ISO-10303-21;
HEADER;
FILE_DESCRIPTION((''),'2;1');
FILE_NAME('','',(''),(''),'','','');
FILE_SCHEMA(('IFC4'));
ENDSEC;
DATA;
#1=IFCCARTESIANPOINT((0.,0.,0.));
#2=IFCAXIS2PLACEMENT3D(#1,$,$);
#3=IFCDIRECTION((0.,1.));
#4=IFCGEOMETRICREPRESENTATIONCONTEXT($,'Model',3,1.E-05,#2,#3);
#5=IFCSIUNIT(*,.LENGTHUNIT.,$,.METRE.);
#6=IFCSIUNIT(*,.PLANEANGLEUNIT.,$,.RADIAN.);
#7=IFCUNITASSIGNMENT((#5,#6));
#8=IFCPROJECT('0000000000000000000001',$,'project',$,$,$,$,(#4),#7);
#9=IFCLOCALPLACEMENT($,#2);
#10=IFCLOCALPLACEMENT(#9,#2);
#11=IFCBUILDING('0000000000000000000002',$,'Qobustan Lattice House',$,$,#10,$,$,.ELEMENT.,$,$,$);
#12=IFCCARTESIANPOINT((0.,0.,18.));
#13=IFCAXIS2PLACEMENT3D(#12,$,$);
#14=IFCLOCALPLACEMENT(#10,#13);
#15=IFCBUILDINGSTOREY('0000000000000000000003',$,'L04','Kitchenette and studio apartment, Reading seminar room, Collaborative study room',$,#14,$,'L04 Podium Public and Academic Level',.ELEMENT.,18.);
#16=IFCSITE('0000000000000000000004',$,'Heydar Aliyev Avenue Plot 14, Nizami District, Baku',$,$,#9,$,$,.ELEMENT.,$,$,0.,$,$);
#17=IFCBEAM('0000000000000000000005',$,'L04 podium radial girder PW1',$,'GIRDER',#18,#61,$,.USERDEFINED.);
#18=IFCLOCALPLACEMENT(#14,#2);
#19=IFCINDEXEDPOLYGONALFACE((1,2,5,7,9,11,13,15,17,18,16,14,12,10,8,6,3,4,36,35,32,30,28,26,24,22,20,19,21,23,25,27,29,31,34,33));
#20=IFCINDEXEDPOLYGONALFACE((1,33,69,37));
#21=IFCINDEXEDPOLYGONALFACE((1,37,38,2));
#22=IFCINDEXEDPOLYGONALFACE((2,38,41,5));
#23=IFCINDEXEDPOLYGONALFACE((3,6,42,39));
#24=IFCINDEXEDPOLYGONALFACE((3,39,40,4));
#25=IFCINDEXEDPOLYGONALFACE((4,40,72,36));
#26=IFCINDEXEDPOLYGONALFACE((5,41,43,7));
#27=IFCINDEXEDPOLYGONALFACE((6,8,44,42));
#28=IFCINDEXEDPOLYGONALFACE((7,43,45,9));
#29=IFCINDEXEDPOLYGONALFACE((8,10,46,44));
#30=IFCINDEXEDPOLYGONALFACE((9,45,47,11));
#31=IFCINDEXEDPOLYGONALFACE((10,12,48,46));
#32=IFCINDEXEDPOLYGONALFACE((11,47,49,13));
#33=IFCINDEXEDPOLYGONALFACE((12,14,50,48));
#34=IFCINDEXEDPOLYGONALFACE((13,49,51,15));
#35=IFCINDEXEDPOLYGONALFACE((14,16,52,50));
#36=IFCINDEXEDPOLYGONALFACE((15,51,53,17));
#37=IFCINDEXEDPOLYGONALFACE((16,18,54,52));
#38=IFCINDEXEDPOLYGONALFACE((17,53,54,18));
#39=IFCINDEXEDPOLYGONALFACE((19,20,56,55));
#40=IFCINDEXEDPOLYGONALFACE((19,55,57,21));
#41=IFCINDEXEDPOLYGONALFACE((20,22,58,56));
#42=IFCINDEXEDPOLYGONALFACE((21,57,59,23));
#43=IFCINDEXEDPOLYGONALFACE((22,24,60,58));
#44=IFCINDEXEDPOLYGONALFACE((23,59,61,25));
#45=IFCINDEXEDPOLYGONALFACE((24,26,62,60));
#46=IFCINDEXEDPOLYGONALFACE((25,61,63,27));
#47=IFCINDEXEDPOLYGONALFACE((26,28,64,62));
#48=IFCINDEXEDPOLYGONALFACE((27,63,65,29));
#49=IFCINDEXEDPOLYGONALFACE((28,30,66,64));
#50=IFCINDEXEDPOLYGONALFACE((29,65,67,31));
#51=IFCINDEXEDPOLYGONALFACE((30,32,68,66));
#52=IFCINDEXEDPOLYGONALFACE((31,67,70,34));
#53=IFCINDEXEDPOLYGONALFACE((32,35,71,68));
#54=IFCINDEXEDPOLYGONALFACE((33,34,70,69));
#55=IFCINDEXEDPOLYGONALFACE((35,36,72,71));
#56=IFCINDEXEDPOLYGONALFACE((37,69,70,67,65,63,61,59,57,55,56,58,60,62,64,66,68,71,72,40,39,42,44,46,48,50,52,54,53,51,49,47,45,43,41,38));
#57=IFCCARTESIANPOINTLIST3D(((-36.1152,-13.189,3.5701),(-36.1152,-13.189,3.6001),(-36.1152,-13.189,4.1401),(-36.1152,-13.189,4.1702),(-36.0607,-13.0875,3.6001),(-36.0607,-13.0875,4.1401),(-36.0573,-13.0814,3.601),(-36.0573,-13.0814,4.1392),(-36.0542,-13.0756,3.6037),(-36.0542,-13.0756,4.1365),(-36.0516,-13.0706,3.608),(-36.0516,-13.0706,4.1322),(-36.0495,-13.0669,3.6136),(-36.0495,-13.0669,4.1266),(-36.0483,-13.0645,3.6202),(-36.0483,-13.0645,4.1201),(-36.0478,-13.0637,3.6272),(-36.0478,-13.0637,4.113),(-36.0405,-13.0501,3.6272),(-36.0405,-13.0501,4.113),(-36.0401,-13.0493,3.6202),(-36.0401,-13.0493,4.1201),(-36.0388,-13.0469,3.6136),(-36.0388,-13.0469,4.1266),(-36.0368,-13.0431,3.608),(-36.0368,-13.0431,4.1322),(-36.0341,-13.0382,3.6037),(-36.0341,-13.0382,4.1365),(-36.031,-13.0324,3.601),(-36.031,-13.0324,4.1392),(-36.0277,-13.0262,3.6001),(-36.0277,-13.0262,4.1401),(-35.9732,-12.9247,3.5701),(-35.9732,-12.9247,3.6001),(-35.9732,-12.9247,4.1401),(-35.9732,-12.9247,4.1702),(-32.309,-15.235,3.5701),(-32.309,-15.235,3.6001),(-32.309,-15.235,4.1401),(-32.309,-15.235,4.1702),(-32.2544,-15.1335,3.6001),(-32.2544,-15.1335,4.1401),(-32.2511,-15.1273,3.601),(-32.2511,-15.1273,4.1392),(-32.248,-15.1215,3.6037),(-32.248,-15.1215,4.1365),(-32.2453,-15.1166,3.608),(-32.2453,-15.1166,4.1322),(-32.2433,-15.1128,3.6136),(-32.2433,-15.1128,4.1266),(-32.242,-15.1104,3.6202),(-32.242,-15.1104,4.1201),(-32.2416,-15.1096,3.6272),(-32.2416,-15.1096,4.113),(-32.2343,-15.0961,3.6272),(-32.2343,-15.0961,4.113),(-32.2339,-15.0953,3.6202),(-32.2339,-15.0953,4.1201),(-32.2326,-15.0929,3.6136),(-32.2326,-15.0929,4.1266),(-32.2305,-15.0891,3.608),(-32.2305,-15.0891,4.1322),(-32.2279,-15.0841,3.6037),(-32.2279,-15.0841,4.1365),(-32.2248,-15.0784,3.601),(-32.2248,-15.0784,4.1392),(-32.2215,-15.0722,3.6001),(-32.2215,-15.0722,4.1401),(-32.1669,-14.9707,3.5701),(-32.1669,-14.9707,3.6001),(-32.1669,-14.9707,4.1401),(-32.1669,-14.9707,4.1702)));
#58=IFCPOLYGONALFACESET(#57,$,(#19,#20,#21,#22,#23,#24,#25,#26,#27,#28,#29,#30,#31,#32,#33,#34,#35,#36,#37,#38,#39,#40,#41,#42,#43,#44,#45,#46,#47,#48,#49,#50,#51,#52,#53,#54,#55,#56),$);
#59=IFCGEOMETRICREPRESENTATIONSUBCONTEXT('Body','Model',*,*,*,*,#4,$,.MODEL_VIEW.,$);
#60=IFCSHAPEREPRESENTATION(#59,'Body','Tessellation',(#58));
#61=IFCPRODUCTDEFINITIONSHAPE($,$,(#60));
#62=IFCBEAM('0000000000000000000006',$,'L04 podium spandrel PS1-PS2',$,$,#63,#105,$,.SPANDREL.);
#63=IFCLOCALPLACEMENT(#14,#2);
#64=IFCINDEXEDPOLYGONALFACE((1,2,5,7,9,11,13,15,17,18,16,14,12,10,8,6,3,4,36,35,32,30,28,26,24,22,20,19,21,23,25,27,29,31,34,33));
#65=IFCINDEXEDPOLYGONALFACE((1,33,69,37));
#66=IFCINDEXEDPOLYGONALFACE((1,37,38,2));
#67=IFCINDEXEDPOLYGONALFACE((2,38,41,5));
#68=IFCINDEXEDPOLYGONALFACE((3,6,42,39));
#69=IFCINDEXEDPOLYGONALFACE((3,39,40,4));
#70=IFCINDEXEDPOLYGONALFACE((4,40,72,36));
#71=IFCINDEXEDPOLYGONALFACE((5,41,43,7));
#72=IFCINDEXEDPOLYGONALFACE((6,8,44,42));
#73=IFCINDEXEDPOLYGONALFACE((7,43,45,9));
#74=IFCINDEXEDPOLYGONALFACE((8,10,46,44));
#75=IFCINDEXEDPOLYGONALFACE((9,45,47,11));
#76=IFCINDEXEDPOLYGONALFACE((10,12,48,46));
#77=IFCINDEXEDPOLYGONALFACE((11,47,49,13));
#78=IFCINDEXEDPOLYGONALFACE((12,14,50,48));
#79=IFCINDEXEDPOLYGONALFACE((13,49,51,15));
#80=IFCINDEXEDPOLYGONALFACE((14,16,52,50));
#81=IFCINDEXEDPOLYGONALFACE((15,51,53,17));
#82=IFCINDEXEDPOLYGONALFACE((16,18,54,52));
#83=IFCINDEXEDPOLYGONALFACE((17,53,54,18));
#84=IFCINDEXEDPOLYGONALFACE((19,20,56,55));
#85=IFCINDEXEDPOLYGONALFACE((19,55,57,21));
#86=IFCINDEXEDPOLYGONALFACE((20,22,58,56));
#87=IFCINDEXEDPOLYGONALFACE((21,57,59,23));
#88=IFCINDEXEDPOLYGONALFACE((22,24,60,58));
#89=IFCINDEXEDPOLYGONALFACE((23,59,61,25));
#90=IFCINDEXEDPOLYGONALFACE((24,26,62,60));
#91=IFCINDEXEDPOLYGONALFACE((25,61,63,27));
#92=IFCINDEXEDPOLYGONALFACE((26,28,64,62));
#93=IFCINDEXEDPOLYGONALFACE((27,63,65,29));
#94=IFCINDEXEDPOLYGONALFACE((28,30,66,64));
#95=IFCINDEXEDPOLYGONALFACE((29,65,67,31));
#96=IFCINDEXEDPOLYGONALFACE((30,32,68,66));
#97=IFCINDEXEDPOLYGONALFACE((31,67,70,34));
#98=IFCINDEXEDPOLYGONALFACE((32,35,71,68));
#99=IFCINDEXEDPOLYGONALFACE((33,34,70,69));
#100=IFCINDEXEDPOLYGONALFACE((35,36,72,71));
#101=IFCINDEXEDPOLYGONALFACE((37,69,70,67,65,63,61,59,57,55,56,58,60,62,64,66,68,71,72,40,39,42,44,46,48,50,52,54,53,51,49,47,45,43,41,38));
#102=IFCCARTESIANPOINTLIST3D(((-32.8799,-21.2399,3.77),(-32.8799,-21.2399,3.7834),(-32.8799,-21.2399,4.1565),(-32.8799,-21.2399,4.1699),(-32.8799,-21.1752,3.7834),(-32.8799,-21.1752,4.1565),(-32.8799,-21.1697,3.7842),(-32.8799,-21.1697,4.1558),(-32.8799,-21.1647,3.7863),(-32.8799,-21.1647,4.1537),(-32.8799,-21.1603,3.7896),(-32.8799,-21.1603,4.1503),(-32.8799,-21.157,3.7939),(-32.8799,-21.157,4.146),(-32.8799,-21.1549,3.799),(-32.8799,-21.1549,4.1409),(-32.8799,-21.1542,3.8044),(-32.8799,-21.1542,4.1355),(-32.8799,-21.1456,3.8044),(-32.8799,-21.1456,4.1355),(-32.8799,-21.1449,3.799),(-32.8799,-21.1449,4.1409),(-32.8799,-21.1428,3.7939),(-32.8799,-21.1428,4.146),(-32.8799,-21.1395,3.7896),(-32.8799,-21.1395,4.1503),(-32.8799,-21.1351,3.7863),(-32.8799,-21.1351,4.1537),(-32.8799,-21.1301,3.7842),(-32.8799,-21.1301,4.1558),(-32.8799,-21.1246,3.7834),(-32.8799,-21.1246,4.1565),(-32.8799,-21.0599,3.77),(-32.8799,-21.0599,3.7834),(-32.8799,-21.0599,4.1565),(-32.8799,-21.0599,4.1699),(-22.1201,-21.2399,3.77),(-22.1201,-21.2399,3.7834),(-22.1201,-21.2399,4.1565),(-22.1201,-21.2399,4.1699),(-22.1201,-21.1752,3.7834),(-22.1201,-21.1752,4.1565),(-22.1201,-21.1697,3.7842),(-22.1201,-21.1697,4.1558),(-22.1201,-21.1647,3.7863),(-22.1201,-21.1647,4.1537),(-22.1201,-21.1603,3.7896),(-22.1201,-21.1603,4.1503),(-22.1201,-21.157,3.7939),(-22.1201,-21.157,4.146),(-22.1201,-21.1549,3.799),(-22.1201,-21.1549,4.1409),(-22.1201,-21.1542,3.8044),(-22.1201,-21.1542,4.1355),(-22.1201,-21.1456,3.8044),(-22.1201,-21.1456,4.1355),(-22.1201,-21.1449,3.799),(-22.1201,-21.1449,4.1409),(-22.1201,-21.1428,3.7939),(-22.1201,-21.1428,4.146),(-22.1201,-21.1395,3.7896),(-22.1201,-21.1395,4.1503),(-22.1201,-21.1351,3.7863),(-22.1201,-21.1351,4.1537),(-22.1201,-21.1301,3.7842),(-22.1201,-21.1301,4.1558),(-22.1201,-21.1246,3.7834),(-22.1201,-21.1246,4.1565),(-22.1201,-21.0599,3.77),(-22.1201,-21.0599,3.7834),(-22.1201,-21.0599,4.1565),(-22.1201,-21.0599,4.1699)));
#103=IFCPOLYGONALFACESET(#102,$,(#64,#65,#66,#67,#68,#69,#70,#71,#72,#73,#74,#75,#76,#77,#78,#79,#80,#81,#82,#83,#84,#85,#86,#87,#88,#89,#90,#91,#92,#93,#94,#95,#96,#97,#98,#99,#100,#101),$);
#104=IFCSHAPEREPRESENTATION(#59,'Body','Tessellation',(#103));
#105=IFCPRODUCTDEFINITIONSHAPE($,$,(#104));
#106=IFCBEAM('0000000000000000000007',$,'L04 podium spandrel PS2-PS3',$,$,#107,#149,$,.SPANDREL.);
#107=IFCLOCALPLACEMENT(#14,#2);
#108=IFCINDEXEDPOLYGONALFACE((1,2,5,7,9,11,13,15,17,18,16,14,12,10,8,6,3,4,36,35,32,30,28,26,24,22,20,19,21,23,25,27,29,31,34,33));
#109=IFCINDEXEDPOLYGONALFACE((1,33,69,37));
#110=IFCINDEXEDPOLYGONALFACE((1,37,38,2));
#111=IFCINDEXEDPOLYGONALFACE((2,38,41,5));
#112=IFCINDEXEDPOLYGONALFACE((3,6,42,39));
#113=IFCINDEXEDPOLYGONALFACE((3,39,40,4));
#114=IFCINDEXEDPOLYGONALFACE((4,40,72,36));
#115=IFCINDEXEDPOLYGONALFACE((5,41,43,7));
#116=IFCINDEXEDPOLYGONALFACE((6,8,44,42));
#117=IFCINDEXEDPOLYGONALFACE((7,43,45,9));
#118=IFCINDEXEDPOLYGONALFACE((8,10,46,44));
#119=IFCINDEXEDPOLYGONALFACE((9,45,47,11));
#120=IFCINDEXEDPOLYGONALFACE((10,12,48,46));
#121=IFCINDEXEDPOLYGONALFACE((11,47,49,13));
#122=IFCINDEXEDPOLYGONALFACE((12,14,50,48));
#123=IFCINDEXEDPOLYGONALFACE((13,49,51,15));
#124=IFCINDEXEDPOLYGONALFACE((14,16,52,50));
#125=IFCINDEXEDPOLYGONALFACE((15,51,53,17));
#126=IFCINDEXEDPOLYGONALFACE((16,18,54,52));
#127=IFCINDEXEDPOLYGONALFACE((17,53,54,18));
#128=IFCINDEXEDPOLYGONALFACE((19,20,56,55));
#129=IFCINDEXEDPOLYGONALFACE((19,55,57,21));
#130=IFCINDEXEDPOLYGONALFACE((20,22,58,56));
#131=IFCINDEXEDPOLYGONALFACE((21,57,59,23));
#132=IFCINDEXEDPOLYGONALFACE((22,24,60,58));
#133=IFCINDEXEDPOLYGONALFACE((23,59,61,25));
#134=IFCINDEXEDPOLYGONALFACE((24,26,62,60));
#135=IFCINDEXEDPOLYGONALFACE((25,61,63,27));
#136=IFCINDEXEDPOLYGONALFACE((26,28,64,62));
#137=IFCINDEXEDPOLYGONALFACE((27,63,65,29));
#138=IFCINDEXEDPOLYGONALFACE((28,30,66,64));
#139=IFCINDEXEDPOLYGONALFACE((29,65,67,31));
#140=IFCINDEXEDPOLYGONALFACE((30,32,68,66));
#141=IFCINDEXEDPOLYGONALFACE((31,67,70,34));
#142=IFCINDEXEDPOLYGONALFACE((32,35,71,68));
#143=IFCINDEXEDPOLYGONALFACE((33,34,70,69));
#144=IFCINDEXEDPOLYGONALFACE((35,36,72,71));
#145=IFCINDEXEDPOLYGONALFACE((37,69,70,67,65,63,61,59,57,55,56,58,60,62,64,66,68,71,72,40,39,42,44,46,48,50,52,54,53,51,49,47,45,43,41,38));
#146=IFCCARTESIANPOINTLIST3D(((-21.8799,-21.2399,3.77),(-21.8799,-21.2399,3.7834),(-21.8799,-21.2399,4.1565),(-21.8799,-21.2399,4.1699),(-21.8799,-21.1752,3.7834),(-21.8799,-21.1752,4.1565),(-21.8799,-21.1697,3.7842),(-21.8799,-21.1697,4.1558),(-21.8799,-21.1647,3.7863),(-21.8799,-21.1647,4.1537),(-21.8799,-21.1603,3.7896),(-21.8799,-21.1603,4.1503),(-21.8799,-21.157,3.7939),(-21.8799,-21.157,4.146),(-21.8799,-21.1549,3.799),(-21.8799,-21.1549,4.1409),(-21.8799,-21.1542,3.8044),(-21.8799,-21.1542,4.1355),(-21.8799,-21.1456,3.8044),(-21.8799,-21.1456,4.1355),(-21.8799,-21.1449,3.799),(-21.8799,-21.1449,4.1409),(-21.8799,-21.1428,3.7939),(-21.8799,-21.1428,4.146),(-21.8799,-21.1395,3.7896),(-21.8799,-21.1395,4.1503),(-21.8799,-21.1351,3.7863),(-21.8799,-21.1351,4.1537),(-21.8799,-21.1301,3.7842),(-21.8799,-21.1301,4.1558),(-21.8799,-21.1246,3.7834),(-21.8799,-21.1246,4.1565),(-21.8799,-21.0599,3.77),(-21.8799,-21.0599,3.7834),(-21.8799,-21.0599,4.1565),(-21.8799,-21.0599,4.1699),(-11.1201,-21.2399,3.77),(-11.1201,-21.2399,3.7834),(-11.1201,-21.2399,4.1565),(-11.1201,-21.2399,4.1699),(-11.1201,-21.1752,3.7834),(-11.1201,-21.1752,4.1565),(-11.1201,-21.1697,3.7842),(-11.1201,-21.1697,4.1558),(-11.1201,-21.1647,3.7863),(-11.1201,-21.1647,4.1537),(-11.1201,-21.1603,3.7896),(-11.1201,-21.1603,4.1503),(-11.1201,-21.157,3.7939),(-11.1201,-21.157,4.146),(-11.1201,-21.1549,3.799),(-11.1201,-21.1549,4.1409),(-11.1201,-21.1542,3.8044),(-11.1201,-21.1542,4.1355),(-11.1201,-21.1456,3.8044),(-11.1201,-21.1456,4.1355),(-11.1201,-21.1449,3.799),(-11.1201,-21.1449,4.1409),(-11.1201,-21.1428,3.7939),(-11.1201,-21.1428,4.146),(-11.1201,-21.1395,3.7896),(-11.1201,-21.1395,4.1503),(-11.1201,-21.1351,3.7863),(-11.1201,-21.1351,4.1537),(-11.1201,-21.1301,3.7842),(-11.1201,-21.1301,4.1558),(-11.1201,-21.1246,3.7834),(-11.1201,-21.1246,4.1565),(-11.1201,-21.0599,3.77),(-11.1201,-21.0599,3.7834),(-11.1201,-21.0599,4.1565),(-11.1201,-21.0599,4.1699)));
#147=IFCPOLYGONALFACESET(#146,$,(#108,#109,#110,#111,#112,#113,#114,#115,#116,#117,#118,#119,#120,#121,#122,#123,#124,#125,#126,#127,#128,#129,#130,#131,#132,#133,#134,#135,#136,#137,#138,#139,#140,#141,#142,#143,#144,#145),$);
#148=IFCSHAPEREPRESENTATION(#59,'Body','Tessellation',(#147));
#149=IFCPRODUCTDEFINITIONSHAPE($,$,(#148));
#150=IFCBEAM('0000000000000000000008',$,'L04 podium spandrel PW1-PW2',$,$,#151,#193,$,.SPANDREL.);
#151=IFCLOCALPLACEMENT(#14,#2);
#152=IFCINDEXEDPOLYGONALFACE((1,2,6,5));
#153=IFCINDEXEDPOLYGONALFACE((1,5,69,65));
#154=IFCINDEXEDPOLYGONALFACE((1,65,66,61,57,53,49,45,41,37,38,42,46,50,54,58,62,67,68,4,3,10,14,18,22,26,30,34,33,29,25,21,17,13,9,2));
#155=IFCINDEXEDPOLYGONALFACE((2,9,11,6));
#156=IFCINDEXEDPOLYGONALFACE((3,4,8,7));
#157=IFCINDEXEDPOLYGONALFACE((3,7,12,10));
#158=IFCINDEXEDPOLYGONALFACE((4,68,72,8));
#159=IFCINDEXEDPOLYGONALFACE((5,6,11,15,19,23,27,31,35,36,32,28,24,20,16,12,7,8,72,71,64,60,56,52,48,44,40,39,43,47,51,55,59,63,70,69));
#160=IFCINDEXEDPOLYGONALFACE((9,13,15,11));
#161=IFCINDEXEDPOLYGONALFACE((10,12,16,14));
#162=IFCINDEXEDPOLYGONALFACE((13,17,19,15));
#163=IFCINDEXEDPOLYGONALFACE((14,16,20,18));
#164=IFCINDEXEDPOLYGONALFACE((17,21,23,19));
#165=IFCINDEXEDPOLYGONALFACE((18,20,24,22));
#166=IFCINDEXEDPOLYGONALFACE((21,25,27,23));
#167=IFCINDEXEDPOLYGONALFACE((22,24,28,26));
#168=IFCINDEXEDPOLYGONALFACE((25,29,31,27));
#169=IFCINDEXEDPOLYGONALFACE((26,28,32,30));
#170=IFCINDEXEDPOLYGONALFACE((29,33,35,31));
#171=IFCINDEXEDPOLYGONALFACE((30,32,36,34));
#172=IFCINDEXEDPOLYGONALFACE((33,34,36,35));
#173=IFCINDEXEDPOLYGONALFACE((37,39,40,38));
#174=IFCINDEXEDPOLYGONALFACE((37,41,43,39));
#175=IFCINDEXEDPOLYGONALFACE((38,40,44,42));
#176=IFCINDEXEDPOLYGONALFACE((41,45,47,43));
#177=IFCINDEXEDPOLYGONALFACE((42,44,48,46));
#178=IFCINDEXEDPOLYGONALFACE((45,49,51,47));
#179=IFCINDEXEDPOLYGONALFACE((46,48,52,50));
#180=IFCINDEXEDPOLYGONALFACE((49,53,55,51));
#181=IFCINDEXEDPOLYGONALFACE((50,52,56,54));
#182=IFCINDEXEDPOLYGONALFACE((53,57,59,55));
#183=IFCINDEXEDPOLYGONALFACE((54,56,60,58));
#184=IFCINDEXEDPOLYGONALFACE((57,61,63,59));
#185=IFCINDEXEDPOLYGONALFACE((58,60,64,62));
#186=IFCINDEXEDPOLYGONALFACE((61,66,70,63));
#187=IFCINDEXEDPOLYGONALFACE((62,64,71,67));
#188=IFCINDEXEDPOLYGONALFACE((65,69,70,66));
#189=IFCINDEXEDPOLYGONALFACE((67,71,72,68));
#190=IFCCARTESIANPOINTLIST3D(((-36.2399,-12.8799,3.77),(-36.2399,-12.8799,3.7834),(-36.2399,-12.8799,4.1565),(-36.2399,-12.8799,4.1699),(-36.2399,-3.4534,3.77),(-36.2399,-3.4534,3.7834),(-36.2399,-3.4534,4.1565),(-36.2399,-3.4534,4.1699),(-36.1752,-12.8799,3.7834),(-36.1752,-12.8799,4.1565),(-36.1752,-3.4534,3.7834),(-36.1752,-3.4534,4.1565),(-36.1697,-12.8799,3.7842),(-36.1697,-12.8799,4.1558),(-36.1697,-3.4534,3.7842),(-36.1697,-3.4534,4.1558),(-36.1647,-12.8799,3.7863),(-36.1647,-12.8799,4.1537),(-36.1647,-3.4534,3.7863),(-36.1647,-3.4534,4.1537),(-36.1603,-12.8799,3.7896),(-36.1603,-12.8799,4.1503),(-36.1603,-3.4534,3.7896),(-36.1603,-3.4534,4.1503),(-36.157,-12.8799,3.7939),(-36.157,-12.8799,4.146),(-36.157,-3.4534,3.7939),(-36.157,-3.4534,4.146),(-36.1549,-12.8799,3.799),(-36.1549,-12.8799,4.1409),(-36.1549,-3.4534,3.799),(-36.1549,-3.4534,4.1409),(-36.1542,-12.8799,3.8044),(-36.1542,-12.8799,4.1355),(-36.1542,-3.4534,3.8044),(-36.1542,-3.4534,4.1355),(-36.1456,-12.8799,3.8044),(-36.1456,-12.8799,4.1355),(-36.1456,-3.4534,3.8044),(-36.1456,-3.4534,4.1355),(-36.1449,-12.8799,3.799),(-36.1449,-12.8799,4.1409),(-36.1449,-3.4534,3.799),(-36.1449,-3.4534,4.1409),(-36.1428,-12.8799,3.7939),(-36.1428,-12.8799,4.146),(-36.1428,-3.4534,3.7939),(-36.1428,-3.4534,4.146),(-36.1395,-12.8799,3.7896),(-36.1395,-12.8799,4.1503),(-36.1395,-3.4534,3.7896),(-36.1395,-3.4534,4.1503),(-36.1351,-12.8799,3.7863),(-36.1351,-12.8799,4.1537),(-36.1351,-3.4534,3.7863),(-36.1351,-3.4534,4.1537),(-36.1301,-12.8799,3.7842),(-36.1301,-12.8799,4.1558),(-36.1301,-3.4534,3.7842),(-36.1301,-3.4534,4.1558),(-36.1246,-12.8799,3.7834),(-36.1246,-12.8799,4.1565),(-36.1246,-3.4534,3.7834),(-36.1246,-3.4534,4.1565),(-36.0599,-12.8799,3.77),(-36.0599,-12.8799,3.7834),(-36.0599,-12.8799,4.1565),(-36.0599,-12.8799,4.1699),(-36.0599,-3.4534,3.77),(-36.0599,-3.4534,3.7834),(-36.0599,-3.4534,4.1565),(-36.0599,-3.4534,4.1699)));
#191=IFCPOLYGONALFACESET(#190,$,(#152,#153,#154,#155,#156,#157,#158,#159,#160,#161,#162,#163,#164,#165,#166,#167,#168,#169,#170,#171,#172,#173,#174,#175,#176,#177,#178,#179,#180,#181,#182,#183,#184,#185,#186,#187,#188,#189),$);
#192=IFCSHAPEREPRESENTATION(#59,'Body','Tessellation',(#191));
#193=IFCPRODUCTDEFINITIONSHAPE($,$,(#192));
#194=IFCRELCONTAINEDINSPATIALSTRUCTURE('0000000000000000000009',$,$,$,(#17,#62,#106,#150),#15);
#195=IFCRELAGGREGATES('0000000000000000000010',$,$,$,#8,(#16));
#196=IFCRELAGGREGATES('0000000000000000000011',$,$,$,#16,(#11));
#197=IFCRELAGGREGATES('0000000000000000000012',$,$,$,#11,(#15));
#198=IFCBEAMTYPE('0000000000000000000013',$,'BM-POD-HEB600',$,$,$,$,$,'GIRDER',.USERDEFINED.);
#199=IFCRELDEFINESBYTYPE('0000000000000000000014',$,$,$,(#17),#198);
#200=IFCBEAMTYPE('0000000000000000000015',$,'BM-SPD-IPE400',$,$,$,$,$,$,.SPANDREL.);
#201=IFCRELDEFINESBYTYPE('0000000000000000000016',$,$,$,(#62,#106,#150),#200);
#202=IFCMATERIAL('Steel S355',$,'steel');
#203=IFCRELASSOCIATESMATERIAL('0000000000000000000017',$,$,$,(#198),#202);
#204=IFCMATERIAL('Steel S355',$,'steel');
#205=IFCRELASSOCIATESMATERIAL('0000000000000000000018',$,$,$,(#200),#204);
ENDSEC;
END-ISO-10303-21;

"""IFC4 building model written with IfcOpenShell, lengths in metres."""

from ifc_helpers import new_model, si_unit, direction, frame, origin, origin_2d, place, context, subcontext, project, spatial, i_section, extrude, material, material_profile, profile_set, type_object, element, save


model = new_model("IFC4")

# Units and contexts
model_context = context("Model", 3, precision=1e-05, world=origin(), true_north=direction((0.0, 1.0)))
body_context = subcontext(model_context, "Body", "Model", "MODEL_VIEW")
ifc_project = project(units=[si_unit("LENGTHUNIT", "METRE"), si_unit("PLANEANGLEUNIT", "RADIAN")], contexts=[model_context])

# Site, building, storey
site_placement = place(None, origin())
site = spatial("IfcSite", under=ifc_project, at=site_placement, Name="Heydar Aliyev Avenue Plot 14, Nizami District, Baku", CompositionType="ELEMENT", RefElevation=0.0)
building_placement = place(site_placement, origin())
building = spatial("IfcBuilding", under=site, at=building_placement, Name="Qobustan Lattice House", CompositionType="ELEMENT")
storey_placement = place(building_placement, frame((0.0, 0.0, 18.0)))
storey = spatial("IfcBuildingStorey", under=building, at=storey_placement, Name="L04", Description="Kitchenette and studio apartment, Reading seminar room, Collaborative study room", LongName="L04 Podium Public and Academic Level", CompositionType="ELEMENT", Elevation=18.0)

# Beams
ifc_material_1 = material(Name="Steel S355", Category="steel")
ifc_material_profile_1 = material_profile(ifc_material_1, i_section(OverallWidth=0.3, OverallDepth=0.6001, WebThickness=0.0154, FlangeThickness=0.03, FilletRadius=0.0271, at=origin_2d()), Name="HEB600")
ifc_profile_set_1 = profile_set([ifc_material_profile_1], Name="Steel S355")
beam_type_1 = type_object("IfcBeamType", Name="BM-POD-HEB600", ElementType="GIRDER", PredefinedType="USERDEFINED", material=ifc_profile_set_1)
beam_1_placement = place(storey_placement, frame((-36.0442, -13.0569, 3.8701), z_axis=(0.880816, -0.47346, 0.0), x_axis=(0.47346, 0.880816, 0.0)))
element("IfcBeam", 1, at=beam_1_placement, inside=storey, type_object=beam_type_1, Name="L04 podium radial girder PW1", ObjectType="GIRDER", PredefinedType="USERDEFINED", context=body_context, shape_type="SweptSolid", body=[
    extrude(i_section(OverallWidth=0.3, OverallDepth=0.6001, WebThickness=0.0154, FlangeThickness=0.03, FilletRadius=0.0271, at=origin_2d()), origin(), (0.0, 0.0, 1.0), 4.3213),
])
ifc_material_2 = material(Name="Steel S355", Category="steel")
ifc_material_profile_2 = material_profile(ifc_material_2, i_section(OverallWidth=0.1799, OverallDepth=0.3999, WebThickness=0.0085, FlangeThickness=0.0134, FilletRadius=0.021, at=origin_2d()), Name="IPE400")
ifc_profile_set_2 = profile_set([ifc_material_profile_2], Name="Steel S355")
beam_type_2 = type_object("IfcBeamType", Name="BM-SPD-IPE400", PredefinedType="SPANDREL", material=ifc_profile_set_2)
for number, where, z_axis, x_axis, name in (
    (2, (-32.8799, -21.1499, 3.97), (1.0, 0.0, 0.0), (0.0, 1.0, 0.0), "L04 podium spandrel PS1-PS2"),
    (3, (-21.8799, -21.1499, 3.97), (1.0, 0.0, 0.0), (0.0, 1.0, 0.0), "L04 podium spandrel PS2-PS3"),
):
    element("IfcBeam", number, at=place(storey_placement, frame(where, z_axis=z_axis, x_axis=x_axis)), inside=storey, type_object=beam_type_2, Name=name, PredefinedType="SPANDREL", context=body_context, shape_type="SweptSolid", body=[
        extrude(i_section(OverallWidth=0.1799, OverallDepth=0.3999, WebThickness=0.0085, FlangeThickness=0.0134, FilletRadius=0.021, at=origin_2d()), origin(), (0.0, 0.0, 1.0), 10.7598),
    ])
beam_2_placement = place(storey_placement, frame((-36.1499, -12.8799, 3.97), z_axis=(0.0, 1.0, 0.0), x_axis=(-1.0, 0.0, 0.0)))
element("IfcBeam", 4, at=beam_2_placement, inside=storey, type_object=beam_type_2, Name="L04 podium spandrel PW1-PW2", PredefinedType="SPANDREL", context=body_context, shape_type="SweptSolid", body=[
    extrude(i_section(OverallWidth=0.1799, OverallDepth=0.3999, WebThickness=0.0085, FlangeThickness=0.0134, FilletRadius=0.021, at=origin_2d()), origin(), (0.0, 0.0, 1.0), 9.4265),
])

save(model, "model.ifc")
